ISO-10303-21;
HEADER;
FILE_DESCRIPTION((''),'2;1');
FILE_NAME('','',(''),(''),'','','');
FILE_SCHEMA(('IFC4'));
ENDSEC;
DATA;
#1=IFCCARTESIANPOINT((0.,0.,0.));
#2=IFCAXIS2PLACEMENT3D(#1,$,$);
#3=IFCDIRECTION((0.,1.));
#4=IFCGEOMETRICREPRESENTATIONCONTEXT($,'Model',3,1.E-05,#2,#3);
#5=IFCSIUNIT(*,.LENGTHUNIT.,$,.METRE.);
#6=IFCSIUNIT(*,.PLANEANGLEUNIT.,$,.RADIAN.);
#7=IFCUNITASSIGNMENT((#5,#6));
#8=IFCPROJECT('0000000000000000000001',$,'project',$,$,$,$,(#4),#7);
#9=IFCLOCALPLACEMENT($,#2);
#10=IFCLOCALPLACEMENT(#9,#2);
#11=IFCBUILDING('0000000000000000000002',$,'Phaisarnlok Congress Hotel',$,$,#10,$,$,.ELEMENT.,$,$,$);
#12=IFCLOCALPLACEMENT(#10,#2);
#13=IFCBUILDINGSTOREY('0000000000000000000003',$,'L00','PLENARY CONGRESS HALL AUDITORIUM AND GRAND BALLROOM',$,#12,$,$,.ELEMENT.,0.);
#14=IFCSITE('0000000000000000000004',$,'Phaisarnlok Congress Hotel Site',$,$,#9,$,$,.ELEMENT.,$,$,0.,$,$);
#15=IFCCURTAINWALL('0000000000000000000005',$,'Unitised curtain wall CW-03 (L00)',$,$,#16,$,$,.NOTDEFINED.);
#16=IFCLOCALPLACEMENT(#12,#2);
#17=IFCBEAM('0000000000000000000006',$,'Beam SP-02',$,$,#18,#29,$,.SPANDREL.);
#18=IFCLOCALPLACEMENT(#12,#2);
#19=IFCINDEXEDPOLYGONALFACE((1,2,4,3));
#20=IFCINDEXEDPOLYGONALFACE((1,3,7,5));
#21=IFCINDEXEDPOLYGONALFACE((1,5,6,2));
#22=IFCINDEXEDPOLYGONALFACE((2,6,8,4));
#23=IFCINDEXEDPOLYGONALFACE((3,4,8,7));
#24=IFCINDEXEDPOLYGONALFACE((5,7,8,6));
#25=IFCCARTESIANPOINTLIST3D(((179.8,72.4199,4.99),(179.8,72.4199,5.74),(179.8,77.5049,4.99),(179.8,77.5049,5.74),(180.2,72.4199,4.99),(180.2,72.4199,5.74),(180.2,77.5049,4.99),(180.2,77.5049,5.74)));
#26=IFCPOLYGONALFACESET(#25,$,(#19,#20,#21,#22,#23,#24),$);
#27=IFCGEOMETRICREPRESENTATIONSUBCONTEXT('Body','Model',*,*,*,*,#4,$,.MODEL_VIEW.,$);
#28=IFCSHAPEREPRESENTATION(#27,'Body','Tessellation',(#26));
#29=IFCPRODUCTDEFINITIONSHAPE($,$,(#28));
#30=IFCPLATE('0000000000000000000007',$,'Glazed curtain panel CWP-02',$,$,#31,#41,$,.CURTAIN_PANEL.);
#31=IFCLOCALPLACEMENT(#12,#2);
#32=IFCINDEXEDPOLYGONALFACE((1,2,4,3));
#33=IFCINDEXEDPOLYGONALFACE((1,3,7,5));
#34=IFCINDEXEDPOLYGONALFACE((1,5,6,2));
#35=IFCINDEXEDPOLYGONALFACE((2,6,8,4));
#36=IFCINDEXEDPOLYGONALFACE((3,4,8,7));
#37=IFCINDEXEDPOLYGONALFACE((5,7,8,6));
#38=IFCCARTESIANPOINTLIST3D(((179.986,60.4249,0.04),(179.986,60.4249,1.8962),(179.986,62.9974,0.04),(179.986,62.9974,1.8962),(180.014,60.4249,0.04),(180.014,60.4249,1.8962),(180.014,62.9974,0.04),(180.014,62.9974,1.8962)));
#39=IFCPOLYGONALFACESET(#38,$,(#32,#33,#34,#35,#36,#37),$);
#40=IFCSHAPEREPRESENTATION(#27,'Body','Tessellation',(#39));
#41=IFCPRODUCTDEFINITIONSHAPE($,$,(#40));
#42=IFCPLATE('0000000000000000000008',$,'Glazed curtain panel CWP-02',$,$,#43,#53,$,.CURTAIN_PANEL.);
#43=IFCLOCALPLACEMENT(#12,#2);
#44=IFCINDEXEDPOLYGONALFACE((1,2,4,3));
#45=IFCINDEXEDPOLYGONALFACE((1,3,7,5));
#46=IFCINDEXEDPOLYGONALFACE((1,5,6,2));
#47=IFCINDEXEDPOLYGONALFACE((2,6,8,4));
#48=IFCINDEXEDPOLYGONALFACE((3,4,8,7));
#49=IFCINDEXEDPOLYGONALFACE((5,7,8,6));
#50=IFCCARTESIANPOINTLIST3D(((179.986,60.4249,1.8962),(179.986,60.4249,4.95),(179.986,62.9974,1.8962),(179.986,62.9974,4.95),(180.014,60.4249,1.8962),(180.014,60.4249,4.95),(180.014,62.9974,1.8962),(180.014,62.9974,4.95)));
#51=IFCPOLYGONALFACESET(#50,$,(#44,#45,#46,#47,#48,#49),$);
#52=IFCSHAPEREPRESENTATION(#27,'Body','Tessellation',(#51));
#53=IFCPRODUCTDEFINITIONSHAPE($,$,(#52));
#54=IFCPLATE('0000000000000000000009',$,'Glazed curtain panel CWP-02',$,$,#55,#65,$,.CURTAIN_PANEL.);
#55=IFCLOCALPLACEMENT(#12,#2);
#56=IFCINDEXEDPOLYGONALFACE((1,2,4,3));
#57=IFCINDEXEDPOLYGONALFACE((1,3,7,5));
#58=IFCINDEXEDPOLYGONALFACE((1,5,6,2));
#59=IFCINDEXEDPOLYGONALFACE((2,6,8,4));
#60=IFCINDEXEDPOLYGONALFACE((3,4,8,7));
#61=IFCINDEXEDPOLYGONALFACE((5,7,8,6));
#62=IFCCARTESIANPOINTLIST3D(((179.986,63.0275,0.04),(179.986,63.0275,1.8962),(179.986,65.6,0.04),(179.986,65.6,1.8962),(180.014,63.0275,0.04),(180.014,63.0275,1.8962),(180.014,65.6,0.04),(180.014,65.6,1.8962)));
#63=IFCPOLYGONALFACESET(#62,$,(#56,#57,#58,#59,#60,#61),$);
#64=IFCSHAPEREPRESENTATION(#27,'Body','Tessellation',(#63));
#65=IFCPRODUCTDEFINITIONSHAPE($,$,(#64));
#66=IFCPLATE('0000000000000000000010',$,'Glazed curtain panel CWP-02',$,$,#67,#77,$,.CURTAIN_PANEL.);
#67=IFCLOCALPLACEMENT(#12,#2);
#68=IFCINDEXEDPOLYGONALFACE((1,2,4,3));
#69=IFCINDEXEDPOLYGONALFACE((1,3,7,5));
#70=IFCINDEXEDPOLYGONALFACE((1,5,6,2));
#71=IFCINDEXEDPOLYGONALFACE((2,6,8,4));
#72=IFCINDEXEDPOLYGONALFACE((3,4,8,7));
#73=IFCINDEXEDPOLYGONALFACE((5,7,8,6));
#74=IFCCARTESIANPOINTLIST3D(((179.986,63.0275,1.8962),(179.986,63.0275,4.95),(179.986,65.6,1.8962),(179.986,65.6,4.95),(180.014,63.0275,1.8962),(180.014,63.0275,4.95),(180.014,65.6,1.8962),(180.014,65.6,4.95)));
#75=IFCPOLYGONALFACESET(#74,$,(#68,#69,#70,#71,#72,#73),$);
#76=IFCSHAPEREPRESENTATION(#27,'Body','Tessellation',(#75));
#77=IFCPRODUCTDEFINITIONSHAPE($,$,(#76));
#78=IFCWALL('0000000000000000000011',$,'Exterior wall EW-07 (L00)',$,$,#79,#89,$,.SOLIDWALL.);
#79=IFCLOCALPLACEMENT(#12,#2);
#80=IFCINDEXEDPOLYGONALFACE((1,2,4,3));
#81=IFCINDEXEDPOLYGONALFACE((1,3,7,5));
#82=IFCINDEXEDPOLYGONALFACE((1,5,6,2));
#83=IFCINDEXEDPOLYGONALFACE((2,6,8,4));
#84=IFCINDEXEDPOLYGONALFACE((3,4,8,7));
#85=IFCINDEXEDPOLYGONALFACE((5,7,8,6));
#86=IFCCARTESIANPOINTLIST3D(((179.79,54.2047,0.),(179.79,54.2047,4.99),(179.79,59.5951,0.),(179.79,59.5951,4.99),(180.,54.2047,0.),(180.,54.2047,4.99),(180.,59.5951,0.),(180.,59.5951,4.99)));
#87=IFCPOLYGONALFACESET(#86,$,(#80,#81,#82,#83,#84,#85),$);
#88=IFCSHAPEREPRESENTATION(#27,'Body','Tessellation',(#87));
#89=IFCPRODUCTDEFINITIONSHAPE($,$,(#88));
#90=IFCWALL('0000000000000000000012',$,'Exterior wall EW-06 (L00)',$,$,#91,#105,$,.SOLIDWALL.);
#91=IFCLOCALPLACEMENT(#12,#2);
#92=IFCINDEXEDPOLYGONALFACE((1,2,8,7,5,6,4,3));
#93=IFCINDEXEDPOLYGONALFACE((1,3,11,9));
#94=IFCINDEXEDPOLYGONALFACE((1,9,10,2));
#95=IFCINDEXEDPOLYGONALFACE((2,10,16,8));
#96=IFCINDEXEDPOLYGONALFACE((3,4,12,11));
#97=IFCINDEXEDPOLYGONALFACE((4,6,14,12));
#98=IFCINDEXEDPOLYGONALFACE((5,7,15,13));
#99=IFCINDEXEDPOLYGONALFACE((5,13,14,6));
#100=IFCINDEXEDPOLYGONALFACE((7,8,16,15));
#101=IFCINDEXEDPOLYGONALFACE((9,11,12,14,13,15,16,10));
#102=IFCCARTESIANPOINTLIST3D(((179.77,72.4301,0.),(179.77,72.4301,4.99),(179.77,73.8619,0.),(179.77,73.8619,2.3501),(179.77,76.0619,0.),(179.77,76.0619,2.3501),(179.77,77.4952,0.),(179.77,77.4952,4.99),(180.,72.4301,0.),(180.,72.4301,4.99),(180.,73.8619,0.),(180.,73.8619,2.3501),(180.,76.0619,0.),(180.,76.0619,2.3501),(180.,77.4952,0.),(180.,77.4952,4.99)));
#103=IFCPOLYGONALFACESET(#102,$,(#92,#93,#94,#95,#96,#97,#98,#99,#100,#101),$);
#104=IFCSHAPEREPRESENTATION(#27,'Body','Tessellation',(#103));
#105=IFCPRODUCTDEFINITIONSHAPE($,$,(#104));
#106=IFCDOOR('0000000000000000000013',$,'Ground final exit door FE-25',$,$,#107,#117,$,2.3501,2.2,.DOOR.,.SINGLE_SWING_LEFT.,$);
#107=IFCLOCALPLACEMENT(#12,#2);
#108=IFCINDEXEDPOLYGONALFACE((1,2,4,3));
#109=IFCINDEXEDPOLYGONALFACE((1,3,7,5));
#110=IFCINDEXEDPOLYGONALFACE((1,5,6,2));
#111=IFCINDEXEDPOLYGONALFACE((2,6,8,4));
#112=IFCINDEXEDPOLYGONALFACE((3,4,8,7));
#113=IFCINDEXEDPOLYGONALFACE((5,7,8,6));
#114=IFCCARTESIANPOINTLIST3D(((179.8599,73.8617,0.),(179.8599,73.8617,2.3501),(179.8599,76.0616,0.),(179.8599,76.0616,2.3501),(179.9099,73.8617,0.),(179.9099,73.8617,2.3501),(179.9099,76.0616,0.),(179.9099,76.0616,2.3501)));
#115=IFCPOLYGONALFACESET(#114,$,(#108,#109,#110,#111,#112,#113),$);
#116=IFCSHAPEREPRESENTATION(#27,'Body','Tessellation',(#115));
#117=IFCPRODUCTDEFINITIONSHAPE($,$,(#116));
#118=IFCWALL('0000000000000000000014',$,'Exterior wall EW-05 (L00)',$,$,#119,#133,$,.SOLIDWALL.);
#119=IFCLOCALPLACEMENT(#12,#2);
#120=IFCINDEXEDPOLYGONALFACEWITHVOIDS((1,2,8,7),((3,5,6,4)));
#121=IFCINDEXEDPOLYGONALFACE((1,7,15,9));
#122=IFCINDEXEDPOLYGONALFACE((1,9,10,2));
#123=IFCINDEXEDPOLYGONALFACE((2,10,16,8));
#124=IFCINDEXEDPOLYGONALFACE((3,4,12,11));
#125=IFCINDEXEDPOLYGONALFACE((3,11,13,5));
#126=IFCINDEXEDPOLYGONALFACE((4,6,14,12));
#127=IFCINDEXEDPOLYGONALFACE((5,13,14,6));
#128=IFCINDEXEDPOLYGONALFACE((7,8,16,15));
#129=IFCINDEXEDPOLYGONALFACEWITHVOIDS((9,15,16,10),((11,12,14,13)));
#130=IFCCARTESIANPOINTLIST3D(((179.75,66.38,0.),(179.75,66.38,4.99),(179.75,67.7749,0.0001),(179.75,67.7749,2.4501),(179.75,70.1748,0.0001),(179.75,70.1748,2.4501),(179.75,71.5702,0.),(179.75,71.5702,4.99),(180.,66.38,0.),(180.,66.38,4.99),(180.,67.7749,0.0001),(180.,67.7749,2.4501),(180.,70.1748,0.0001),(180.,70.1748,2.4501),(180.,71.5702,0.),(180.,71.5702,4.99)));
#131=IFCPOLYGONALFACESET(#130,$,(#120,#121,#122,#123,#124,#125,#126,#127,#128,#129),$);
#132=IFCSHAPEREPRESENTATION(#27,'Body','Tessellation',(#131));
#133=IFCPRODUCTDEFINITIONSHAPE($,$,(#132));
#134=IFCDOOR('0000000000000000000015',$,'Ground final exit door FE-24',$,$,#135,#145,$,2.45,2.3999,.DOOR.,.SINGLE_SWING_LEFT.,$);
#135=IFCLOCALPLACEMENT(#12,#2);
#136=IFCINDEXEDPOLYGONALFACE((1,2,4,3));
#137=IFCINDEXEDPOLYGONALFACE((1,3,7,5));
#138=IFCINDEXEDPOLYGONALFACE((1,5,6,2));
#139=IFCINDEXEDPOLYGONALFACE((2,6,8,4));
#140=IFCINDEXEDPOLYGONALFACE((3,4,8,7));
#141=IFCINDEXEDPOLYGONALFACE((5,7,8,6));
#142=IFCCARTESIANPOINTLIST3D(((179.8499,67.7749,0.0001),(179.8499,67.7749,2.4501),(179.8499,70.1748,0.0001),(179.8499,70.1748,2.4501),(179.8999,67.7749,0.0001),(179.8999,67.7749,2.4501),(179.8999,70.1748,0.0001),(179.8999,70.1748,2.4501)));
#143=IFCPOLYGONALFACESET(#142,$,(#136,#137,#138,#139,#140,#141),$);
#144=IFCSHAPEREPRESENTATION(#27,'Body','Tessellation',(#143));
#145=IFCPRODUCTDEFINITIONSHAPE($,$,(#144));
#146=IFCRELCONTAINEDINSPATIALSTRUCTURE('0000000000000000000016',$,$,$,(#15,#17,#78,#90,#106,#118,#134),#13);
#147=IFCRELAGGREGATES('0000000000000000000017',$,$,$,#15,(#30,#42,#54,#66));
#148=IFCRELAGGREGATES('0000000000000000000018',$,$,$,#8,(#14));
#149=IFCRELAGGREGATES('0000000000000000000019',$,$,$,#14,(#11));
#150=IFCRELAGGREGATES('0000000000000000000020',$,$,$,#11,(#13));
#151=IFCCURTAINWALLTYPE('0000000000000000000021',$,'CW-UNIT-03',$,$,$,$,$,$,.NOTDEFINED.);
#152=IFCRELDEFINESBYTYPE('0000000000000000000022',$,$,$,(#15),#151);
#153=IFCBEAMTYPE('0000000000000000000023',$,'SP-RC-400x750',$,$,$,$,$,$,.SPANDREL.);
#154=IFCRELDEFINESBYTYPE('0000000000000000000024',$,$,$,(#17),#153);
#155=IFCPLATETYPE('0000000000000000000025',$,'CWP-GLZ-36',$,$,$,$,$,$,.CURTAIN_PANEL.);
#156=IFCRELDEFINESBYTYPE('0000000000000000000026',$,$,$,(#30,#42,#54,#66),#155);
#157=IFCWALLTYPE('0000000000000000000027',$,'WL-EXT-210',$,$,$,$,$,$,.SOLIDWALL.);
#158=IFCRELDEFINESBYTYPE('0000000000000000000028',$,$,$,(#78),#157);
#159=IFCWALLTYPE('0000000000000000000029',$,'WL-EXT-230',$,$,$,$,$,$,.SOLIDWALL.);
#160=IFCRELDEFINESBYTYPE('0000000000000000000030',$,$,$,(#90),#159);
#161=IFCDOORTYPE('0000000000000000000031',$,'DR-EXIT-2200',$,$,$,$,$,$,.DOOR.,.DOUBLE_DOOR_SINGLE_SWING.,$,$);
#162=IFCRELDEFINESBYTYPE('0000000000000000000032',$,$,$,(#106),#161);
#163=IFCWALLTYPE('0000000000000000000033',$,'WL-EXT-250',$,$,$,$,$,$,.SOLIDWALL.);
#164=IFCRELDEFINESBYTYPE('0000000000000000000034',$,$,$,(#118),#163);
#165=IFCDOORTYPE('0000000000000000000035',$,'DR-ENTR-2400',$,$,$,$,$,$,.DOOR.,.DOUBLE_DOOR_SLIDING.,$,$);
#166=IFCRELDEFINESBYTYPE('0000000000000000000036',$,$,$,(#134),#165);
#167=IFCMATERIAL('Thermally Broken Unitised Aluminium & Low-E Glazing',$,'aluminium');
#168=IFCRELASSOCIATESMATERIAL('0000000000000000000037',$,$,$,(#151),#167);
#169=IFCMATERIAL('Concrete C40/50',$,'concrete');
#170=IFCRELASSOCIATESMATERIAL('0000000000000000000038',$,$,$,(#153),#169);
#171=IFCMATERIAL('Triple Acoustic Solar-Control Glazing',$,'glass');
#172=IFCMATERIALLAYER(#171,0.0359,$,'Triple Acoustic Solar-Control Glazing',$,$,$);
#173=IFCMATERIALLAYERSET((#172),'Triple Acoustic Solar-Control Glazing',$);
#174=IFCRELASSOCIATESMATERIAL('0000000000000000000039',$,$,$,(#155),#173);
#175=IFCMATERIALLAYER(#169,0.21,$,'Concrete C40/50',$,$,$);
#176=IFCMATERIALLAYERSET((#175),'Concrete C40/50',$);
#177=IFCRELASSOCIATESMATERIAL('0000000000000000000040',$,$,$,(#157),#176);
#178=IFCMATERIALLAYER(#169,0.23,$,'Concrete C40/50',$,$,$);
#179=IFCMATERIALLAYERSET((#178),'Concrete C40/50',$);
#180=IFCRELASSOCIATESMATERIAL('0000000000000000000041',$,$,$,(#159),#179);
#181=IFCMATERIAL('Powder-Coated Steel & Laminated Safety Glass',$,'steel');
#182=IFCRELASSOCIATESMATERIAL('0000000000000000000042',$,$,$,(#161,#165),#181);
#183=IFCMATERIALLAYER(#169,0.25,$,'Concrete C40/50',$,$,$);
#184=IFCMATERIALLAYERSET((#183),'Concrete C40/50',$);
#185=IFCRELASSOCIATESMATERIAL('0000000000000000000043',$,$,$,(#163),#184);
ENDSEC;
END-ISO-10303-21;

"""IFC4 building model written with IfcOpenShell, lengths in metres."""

from ifc_helpers import new_model, si_unit, direction, frame, frame_2d, origin, origin_2d, place, context, subcontext, project, spatial, rectangle, extrude, material, layer, layer_set, material_profile, profile_set, type_object, element, fill, aggregate, save


model = new_model("IFC4")

# Units and contexts
model_context = context("Model", 3, precision=1e-05, world=origin(), true_north=direction((0.0, 1.0)))
body_context = subcontext(model_context, "Body", "Model", "MODEL_VIEW")
ifc_project = project(units=[si_unit("LENGTHUNIT", "METRE"), si_unit("PLANEANGLEUNIT", "RADIAN")], contexts=[model_context])

# Site, building, storey
site_placement = place(None, origin())
site = spatial("IfcSite", under=ifc_project, at=site_placement, Name="Phaisarnlok Congress Hotel Site", CompositionType="ELEMENT", RefElevation=0.0)
building_placement = place(site_placement, origin())
building = spatial("IfcBuilding", under=site, at=building_placement, Name="Phaisarnlok Congress Hotel", CompositionType="ELEMENT")
storey_placement = place(building_placement, origin())
storey = spatial("IfcBuildingStorey", under=building, at=storey_placement, Name="L00", Description="PLENARY CONGRESS HALL AUDITORIUM AND GRAND BALLROOM", CompositionType="ELEMENT", Elevation=0.0)

# Shared definitions
ifc_material_1 = material(Name="Concrete C40/50", Category="concrete")

# Curtain wall
ifc_material_2 = material(Name="Thermally Broken Unitised Aluminium & Low-E Glazing", Category="aluminium")
curtain_wall_type = type_object("IfcCurtainWallType", Name="CW-UNIT-03", PredefinedType="NOTDEFINED", material=ifc_material_2)
curtain_wall_placement = place(storey_placement, origin())
curtain_wall = element("IfcCurtainWall", 1, at=curtain_wall_placement, inside=storey, type_object=curtain_wall_type, Name="Unitised curtain wall CW-03 (L00)", PredefinedType="NOTDEFINED")

# Beam
ifc_material_profile_1 = material_profile(ifc_material_1, rectangle(XDim=0.3999, YDim=0.75, at=origin_2d()), Name="RC 400x750")
ifc_profile_set_1 = profile_set([ifc_material_profile_1], Name="Concrete C40/50")
beam_type_1 = type_object("IfcBeamType", Name="SP-RC-400x750", PredefinedType="SPANDREL", material=ifc_profile_set_1)
beam_1_placement = place(storey_placement, frame((180.0, 72.4199, 5.365), z_axis=(0.0, 1.0, 0.0), x_axis=(-1.0, 0.0, 0.0)))
element("IfcBeam", 2, at=beam_1_placement, inside=storey, type_object=beam_type_1, Name="Beam SP-02", PredefinedType="SPANDREL", context=body_context, shape_type="SweptSolid", body=[
    extrude(rectangle(XDim=0.3999, YDim=0.75, at=origin_2d()), origin(), (0.0, 0.0, 1.0), 5.085),
])

# Plates
ifc_material_3 = material(Name="Triple Acoustic Solar-Control Glazing", Category="glass")
ifc_layer_1 = layer(ifc_material_3, 0.0359, Name="Triple Acoustic Solar-Control Glazing")
ifc_layer_set_1 = layer_set([ifc_layer_1], Name="Triple Acoustic Solar-Control Glazing")
plate_type = type_object("IfcPlateType", Name="CWP-GLZ-36", PredefinedType="CURTAIN_PANEL", material=ifc_layer_set_1)
plate_1_placement = place(storey_placement, frame((180.0, 60.425, 0.04), z_axis=(0.0, 0.0, 1.0), x_axis=(0.0, 1.0, 0.0)))
plate_1 = element("IfcPlate", 3, at=plate_1_placement, type_object=plate_type, Name="Glazed curtain panel CWP-02", PredefinedType="CURTAIN_PANEL", context=body_context, shape_type="SweptSolid", body=[
    extrude(rectangle(XDim=2.5725, YDim=0.0281, at=frame_2d((1.2861, 0.0))), origin(), (0.0, 0.0, 1.0), 1.8562),
])
plate_2_placement = place(storey_placement, frame((180.0, 60.425, 1.8962), z_axis=(0.0, 0.0, 1.0), x_axis=(0.0, 1.0, 0.0)))
plate_2 = element("IfcPlate", 4, at=plate_2_placement, type_object=plate_type, Name="Glazed curtain panel CWP-02", PredefinedType="CURTAIN_PANEL", context=body_context, shape_type="SweptSolid", body=[
    extrude(rectangle(XDim=2.5725, YDim=0.0281, at=frame_2d((1.2861, 0.0))), origin(), (0.0, 0.0, 1.0), 3.0537),
])
plate_3_placement = place(storey_placement, frame((180.0, 63.0276, 0.04), z_axis=(0.0, 0.0, 1.0), x_axis=(0.0, 1.0, 0.0)))
plate_3 = element("IfcPlate", 5, at=plate_3_placement, type_object=plate_type, Name="Glazed curtain panel CWP-02", PredefinedType="CURTAIN_PANEL", context=body_context, shape_type="SweptSolid", body=[
    extrude(rectangle(XDim=2.5725, YDim=0.0281, at=frame_2d((1.2861, 0.0))), origin(), (0.0, 0.0, 1.0), 1.8562),
])
plate_4_placement = place(storey_placement, frame((180.0, 63.0276, 1.8962), z_axis=(0.0, 0.0, 1.0), x_axis=(0.0, 1.0, 0.0)))
plate_4 = element("IfcPlate", 6, at=plate_4_placement, type_object=plate_type, Name="Glazed curtain panel CWP-02", PredefinedType="CURTAIN_PANEL", context=body_context, shape_type="SweptSolid", body=[
    extrude(rectangle(XDim=2.5725, YDim=0.0281, at=frame_2d((1.2861, 0.0))), origin(), (0.0, 0.0, 1.0), 3.0537),
])
aggregate(curtain_wall, [plate_1, plate_2, plate_3, plate_4])

# Wall
ifc_layer_2 = layer(ifc_material_1, 0.21, Name="Concrete C40/50")
ifc_layer_set_2 = layer_set([ifc_layer_2], Name="Concrete C40/50")
wall_type_1 = type_object("IfcWallType", Name="WL-EXT-210", PredefinedType="SOLIDWALL", material=ifc_layer_set_2)
wall_1_placement = place(storey_placement, frame((179.895, 54.2046, 0.0), z_axis=(0.0, 0.0, 1.0), x_axis=(0.0, 1.0, 0.0)))
element("IfcWall", 7, at=wall_1_placement, inside=storey, type_object=wall_type_1, Name="Exterior wall EW-07 (L00)", PredefinedType="SOLIDWALL", context=body_context, shape_type="SweptSolid", body=[
    extrude(rectangle(XDim=5.3904, YDim=0.21, at=frame_2d((2.6953, 0.0))), origin(), (0.0, 0.0, 1.0), 4.99),
])

# Walls, openings, doors
ifc_layer_3 = layer(ifc_material_1, 0.23, Name="Concrete C40/50")
ifc_layer_set_3 = layer_set([ifc_layer_3], Name="Concrete C40/50")
wall_type_2 = type_object("IfcWallType", Name="WL-EXT-230", PredefinedType="SOLIDWALL", material=ifc_layer_set_3)
wall_2_placement = place(storey_placement, frame((179.885, 72.4299, 0.0), z_axis=(0.0, 0.0, 1.0), x_axis=(0.0, 1.0, 0.0)))
wall_2 = element("IfcWall", 8, at=wall_2_placement, inside=storey, type_object=wall_type_2, Name="Exterior wall EW-06 (L00)", PredefinedType="SOLIDWALL", context=body_context, shape_type="SweptSolid", body=[
    extrude(rectangle(XDim=5.0652, YDim=0.23, at=frame_2d((2.5327, 0.0))), origin(), (0.0, 0.0, 1.0), 4.99),
])
opening_1_placement = place(wall_2_placement, frame((1.4319, 0.0, 0.0)))
opening_1 = element("IfcOpeningElement", 9, at=opening_1_placement, cuts=wall_2, PredefinedType="OPENING", context=body_context, shape_type="SweptSolid", body=[
    extrude(rectangle(XDim=2.2, YDim=2.3501, at=frame_2d((1.1001, 1.175))), frame((0.0, 0.125, 0.0), z_axis=(0.0, -1.0, 0.0), x_axis=(1.0, 0.0, 0.0)), (0.0, 0.0, 1.0), 0.25),
])
ifc_material_4 = material(Name="Powder-Coated Steel & Laminated Safety Glass", Category="steel")
door_type_1 = type_object("IfcDoorType", Name="DR-EXIT-2200", OperationType="DOUBLE_DOOR_SINGLE_SWING", PredefinedType="DOOR", material=ifc_material_4)
door_1_placement = place(opening_1_placement, frame((2.2, 0.0, 0.0), z_axis=(0.0, 0.0, 1.0), x_axis=(-1.0, 0.0, 0.0)))
door_1 = element("IfcDoor", 10, at=door_1_placement, inside=storey, type_object=door_type_1, Name="Ground final exit door FE-25", OperationType="SINGLE_SWING_LEFT", OverallHeight=2.3501, OverallWidth=2.2, PredefinedType="DOOR", context=body_context, shape_type="SweptSolid", body=[
    extrude(rectangle(XDim=2.2, YDim=2.3501, at=frame_2d((1.1001, 1.175))), frame((0.0, 0.0249, 0.0), z_axis=(0.0, -1.0, 0.0), x_axis=(1.0, 0.0, 0.0)), (0.0, 0.0, 1.0), 0.05),
])
fill(opening_1, door_1)
ifc_layer_4 = layer(ifc_material_1, 0.25, Name="Concrete C40/50")
ifc_layer_set_4 = layer_set([ifc_layer_4], Name="Concrete C40/50")
wall_type_3 = type_object("IfcWallType", Name="WL-EXT-250", PredefinedType="SOLIDWALL", material=ifc_layer_set_4)
wall_3_placement = place(storey_placement, frame((179.875, 66.3799, 0.0), z_axis=(0.0, 0.0, 1.0), x_axis=(0.0, 1.0, 0.0)))
wall_3 = element("IfcWall", 11, at=wall_3_placement, inside=storey, type_object=wall_type_3, Name="Exterior wall EW-05 (L00)", PredefinedType="SOLIDWALL", context=body_context, shape_type="SweptSolid", body=[
    extrude(rectangle(XDim=5.1902, YDim=0.25, at=frame_2d((2.5952, 0.0))), origin(), (0.0, 0.0, 1.0), 4.99),
])
opening_2_placement = place(wall_3_placement, frame((1.395, 0.0, 0.0)))
opening_2 = element("IfcOpeningElement", 12, at=opening_2_placement, cuts=wall_3, PredefinedType="OPENING", context=body_context, shape_type="SweptSolid", body=[
    extrude(rectangle(XDim=2.3999, YDim=2.45, at=frame_2d((1.2, 1.2251))), frame((0.0, 0.135, 0.0), z_axis=(0.0, -1.0, 0.0), x_axis=(1.0, 0.0, 0.0)), (0.0, 0.0, 1.0), 0.27),
])
door_type_2 = type_object("IfcDoorType", Name="DR-ENTR-2400", OperationType="DOUBLE_DOOR_SLIDING", PredefinedType="DOOR", material=ifc_material_4)
door_2_placement = place(opening_2_placement, frame((2.3999, 0.0, 0.0), z_axis=(0.0, 0.0, 1.0), x_axis=(-1.0, 0.0, 0.0)))
door_2 = element("IfcDoor", 13, at=door_2_placement, inside=storey, type_object=door_type_2, Name="Ground final exit door FE-24", OperationType="SINGLE_SWING_LEFT", OverallHeight=2.45, OverallWidth=2.3999, PredefinedType="DOOR", context=body_context, shape_type="SweptSolid", body=[
    extrude(rectangle(XDim=2.3999, YDim=2.45, at=frame_2d((1.2, 1.2251))), frame((0.0, 0.0249, 0.0), z_axis=(0.0, -1.0, 0.0), x_axis=(1.0, 0.0, 0.0)), (0.0, 0.0, 1.0), 0.05),
])
fill(opening_2, door_2)

save(model, "model.ifc")
